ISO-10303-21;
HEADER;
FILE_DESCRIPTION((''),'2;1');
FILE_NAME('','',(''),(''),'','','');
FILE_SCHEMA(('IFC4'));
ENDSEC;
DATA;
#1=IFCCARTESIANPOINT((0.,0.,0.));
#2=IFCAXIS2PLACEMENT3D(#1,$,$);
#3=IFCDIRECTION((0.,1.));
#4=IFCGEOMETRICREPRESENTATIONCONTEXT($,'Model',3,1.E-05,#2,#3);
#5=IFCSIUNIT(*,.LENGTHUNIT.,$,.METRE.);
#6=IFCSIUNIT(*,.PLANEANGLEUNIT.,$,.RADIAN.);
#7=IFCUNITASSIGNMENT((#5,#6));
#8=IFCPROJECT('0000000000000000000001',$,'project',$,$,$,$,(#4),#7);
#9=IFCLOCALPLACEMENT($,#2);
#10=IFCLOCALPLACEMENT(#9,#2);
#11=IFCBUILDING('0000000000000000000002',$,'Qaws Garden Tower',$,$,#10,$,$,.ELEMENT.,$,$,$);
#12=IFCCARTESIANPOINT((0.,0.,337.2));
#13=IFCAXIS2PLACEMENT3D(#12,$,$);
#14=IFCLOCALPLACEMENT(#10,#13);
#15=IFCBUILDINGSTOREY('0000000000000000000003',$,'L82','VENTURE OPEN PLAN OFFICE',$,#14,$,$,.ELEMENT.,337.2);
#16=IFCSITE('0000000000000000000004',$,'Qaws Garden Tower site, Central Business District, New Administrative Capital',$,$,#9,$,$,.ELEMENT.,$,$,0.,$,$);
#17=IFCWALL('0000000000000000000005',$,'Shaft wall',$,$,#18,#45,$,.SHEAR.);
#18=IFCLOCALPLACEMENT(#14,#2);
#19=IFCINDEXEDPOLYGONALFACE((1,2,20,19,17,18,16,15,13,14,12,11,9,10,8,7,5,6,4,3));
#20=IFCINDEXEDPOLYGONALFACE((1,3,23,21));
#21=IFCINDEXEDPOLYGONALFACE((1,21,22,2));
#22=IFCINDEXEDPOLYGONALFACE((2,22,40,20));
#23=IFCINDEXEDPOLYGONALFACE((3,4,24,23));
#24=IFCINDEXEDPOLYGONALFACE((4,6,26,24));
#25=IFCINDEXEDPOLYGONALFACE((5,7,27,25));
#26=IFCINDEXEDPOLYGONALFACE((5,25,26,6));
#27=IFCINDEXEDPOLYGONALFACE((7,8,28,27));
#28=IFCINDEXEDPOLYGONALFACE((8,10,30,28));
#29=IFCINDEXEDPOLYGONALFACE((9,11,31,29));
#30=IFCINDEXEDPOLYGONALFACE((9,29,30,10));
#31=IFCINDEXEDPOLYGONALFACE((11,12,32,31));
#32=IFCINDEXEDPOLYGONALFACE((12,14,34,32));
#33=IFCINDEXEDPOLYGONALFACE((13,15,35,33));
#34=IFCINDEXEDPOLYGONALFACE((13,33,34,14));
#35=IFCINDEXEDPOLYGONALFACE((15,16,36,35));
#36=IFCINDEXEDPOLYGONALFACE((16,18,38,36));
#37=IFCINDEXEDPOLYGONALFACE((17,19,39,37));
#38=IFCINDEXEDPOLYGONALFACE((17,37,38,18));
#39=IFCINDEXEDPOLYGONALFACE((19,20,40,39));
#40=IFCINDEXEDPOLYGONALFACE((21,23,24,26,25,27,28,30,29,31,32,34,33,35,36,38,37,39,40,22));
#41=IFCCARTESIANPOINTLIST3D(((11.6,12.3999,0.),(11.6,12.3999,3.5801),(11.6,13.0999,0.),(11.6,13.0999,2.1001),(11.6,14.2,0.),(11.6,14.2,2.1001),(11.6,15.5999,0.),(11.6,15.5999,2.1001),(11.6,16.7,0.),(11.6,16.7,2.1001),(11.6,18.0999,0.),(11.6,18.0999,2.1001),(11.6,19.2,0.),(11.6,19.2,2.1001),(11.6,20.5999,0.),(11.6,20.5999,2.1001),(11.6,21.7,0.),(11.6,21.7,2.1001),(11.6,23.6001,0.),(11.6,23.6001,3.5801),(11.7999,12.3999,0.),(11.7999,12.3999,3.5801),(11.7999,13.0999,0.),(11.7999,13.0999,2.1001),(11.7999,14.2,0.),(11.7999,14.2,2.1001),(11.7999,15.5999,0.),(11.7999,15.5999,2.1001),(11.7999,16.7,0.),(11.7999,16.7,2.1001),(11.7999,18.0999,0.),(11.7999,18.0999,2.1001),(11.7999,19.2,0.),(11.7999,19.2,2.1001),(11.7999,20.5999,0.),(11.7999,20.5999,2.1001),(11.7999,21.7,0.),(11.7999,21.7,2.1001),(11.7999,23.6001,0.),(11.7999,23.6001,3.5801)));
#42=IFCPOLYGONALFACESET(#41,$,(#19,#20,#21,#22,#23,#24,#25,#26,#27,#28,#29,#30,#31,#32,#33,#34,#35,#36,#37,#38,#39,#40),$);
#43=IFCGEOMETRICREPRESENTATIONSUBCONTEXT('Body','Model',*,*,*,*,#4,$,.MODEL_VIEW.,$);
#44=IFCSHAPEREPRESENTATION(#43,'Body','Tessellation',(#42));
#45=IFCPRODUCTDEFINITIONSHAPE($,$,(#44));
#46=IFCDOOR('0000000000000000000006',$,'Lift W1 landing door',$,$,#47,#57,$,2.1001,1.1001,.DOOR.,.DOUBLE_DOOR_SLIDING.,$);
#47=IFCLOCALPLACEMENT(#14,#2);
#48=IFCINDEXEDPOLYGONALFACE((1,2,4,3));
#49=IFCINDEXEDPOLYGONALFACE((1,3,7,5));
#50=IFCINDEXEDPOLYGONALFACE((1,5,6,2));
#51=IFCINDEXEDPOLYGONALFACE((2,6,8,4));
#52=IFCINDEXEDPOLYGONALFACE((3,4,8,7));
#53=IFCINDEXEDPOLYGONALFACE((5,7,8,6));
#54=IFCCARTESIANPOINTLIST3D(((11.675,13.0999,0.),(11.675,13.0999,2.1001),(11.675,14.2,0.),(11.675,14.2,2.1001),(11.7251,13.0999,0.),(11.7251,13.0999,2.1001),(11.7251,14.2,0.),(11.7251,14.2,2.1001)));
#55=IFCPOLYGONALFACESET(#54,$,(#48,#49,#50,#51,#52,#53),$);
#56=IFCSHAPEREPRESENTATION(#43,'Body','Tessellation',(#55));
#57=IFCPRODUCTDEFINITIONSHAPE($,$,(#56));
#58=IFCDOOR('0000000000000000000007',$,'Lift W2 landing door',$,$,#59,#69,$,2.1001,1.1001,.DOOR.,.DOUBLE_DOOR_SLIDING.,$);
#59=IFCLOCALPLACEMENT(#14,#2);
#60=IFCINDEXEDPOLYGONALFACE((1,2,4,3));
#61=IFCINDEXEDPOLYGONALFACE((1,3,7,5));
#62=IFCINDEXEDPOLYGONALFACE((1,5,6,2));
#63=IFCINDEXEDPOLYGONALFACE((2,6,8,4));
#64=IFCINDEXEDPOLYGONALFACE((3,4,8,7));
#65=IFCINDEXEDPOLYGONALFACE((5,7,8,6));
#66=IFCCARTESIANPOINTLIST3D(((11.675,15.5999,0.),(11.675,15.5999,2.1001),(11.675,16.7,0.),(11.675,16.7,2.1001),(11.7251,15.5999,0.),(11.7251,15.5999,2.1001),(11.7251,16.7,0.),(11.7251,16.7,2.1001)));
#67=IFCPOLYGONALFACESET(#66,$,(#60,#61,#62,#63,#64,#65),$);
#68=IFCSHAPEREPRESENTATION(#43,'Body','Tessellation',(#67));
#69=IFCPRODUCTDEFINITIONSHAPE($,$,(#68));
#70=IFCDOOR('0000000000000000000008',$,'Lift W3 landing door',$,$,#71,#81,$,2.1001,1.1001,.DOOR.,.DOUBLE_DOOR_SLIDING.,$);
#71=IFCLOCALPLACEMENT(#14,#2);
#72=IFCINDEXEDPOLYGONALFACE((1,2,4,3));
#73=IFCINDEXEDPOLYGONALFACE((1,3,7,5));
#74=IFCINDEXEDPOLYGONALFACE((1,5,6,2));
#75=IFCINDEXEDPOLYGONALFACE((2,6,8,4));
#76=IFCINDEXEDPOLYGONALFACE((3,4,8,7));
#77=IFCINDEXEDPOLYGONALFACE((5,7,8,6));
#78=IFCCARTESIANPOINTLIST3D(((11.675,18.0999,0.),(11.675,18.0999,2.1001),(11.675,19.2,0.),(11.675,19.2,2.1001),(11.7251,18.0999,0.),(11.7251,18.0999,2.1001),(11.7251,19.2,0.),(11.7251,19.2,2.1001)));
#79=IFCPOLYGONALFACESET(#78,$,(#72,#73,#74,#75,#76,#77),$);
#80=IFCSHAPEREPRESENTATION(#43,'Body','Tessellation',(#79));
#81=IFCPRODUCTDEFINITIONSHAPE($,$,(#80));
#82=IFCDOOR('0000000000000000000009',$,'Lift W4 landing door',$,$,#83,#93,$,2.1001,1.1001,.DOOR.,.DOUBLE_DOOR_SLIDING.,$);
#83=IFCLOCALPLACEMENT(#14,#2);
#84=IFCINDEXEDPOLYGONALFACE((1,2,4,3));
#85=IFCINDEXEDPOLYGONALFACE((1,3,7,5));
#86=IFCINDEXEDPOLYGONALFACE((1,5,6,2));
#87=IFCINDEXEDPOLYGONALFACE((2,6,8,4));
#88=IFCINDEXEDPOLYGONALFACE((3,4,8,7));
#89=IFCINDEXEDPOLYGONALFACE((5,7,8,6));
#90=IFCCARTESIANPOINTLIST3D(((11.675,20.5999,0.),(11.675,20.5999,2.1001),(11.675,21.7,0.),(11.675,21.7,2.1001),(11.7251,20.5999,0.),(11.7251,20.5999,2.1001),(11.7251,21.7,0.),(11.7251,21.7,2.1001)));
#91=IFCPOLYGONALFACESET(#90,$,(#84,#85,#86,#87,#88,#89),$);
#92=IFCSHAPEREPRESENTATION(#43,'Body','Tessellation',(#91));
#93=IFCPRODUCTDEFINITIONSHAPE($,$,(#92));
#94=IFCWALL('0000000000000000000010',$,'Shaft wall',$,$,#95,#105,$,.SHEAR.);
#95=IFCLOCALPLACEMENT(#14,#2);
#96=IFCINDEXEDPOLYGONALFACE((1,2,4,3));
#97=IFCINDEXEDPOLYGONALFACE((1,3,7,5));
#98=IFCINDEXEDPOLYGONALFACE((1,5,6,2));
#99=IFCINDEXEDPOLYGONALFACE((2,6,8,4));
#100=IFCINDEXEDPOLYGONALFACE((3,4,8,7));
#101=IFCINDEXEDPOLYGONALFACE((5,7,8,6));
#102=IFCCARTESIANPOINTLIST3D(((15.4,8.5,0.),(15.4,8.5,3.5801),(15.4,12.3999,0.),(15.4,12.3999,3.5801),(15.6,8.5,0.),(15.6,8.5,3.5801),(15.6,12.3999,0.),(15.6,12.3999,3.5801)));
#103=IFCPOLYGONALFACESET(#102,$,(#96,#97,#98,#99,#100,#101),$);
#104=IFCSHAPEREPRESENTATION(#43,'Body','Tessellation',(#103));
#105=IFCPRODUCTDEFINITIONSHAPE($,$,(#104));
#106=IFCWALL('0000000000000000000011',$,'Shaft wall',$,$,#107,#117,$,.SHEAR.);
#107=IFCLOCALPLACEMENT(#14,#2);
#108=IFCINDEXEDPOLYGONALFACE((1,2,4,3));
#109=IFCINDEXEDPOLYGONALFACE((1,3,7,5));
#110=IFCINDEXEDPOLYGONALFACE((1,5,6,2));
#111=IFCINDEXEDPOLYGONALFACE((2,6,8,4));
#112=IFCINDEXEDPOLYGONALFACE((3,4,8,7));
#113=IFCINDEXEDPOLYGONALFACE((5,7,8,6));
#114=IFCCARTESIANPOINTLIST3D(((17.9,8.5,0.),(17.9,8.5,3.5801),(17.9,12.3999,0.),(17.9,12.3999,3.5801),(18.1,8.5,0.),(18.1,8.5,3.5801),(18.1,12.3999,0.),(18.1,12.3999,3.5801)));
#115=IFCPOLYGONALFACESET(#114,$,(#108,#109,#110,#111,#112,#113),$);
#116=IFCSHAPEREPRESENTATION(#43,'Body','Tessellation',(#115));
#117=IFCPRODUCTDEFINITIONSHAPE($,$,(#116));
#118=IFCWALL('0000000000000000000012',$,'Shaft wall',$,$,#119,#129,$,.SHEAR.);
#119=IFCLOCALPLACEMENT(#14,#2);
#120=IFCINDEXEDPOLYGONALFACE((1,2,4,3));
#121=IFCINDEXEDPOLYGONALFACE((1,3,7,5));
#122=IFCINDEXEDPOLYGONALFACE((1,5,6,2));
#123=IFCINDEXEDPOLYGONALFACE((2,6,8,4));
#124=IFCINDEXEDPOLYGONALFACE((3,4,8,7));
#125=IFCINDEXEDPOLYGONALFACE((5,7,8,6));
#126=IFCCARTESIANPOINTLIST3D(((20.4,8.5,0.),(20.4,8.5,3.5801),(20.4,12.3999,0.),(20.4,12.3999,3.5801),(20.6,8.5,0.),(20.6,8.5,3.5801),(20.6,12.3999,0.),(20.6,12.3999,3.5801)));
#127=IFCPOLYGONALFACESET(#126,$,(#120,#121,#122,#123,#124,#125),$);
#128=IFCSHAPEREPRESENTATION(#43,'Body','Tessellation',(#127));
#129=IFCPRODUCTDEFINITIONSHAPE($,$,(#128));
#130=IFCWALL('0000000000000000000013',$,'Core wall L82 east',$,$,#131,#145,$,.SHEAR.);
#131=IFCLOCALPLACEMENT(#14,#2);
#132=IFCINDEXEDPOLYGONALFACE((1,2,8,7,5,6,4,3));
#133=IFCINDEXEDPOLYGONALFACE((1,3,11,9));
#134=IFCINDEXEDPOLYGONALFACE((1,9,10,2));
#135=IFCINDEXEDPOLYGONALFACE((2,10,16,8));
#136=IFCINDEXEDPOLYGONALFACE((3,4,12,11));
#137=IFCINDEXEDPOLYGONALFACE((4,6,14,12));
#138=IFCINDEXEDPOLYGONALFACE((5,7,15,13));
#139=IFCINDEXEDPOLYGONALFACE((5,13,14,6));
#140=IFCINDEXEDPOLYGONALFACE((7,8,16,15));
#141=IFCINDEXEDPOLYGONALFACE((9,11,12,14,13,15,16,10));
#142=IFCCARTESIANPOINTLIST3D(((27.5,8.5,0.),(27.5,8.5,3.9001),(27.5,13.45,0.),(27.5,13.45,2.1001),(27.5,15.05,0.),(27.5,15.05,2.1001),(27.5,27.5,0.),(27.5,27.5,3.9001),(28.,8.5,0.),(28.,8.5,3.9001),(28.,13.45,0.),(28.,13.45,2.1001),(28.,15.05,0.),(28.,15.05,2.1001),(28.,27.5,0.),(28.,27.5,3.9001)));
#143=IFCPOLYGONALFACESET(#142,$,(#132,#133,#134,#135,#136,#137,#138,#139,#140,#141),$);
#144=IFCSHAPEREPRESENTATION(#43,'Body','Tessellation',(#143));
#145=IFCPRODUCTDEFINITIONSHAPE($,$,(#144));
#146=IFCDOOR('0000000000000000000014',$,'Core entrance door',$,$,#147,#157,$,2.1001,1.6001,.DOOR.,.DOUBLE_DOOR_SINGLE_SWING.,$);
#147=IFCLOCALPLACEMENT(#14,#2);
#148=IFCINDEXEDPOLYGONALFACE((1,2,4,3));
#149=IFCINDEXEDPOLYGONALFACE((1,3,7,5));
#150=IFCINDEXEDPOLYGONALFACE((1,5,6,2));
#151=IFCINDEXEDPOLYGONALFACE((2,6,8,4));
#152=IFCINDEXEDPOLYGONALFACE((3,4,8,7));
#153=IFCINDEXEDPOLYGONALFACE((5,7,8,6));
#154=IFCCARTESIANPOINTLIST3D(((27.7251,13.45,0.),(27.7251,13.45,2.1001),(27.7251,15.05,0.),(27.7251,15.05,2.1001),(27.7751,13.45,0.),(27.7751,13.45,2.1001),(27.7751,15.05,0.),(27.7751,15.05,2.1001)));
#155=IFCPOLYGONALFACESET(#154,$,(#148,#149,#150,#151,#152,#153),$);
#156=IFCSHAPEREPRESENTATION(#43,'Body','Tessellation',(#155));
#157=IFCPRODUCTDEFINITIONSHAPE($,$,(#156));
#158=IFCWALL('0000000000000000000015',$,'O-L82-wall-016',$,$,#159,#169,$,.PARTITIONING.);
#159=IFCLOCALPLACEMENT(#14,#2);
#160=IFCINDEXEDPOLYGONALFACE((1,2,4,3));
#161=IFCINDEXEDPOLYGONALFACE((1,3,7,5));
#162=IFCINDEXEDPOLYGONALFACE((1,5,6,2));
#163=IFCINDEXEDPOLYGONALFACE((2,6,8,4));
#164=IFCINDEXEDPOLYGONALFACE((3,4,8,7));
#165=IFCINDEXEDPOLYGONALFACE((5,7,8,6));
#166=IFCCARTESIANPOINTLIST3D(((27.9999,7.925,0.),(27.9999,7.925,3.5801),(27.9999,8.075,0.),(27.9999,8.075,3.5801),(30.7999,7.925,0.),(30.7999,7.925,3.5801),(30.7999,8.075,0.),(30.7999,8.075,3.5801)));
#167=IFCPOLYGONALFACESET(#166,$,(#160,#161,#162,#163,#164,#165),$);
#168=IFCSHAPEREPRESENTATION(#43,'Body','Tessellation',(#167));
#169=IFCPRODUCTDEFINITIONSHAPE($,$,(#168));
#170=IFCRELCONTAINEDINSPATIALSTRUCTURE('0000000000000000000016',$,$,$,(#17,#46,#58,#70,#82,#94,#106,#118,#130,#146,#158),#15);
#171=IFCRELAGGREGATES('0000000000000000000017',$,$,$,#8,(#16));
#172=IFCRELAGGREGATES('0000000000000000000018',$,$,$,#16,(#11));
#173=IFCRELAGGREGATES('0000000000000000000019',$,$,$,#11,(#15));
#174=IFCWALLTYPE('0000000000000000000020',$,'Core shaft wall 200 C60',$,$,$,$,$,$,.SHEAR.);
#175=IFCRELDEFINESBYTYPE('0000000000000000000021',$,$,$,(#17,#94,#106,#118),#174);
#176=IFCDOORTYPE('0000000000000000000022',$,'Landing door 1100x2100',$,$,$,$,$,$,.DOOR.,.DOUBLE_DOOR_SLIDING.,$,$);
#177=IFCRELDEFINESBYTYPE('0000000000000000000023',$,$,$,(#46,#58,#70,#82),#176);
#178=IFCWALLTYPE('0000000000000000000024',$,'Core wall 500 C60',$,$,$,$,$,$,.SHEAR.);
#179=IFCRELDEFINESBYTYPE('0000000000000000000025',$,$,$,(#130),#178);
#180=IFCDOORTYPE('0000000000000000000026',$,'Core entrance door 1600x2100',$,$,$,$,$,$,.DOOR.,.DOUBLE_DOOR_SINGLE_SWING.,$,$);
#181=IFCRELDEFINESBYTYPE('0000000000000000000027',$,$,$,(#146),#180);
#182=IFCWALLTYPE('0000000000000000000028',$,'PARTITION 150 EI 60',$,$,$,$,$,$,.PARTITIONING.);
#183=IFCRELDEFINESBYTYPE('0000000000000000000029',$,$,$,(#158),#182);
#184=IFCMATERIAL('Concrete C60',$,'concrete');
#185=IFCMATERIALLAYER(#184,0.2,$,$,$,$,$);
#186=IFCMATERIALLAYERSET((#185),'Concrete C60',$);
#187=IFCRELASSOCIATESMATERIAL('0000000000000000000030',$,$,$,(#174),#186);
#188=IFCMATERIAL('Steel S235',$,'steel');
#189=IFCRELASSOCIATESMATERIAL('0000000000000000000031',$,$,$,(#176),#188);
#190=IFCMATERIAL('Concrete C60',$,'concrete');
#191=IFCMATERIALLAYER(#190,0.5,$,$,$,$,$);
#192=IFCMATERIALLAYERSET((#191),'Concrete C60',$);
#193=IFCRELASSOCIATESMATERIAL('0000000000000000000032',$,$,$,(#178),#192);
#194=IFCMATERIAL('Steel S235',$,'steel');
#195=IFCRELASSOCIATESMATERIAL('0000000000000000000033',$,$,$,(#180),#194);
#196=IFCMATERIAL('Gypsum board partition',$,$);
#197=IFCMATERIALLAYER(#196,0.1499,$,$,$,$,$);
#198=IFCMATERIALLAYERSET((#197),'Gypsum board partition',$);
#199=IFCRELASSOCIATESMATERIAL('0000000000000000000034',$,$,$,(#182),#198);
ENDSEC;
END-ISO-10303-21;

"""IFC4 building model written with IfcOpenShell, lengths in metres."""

from ifc_helpers import new_model, si_unit, direction, frame, frame_2d, origin, place, context, subcontext, project, spatial, rectangle, extrude, material, layer, layer_set, type_object, element, fill, save


model = new_model("IFC4")

# Units and contexts
model_context = context("Model", 3, precision=1e-05, world=origin(), true_north=direction((0.0, 1.0)))
body_context = subcontext(model_context, "Body", "Model", "MODEL_VIEW")
ifc_project = project(units=[si_unit("LENGTHUNIT", "METRE"), si_unit("PLANEANGLEUNIT", "RADIAN")], contexts=[model_context])

# Site, building, storey
site_placement = place(None, origin())
site = spatial("IfcSite", under=ifc_project, at=site_placement, Name="Qaws Garden Tower site, Central Business District, New Administrative Capital", CompositionType="ELEMENT", RefElevation=0.0)
building_placement = place(site_placement, origin())
building = spatial("IfcBuilding", under=site, at=building_placement, Name="Qaws Garden Tower", CompositionType="ELEMENT")
storey_placement = place(building_placement, frame((0.0, 0.0, 337.2)))
storey = spatial("IfcBuildingStorey", under=building, at=storey_placement, Name="L82", Description="VENTURE OPEN PLAN OFFICE", CompositionType="ELEMENT", Elevation=337.2)

# Wall, openings, doors
ifc_material_1 = material(Name="Concrete C60", Category="concrete")
ifc_layer_1 = layer(ifc_material_1, 0.2)
ifc_layer_set_1 = layer_set([ifc_layer_1], Name="Concrete C60")
wall_type_1 = type_object("IfcWallType", Name="Core shaft wall 200 C60", PredefinedType="SHEAR", material=ifc_layer_set_1)
wall_1_placement = place(storey_placement, frame((11.7, 12.3999, 0.0), z_axis=(0.0, 0.0, 1.0), x_axis=(0.0, 1.0, 0.0)))
wall_1 = element("IfcWall", 1, at=wall_1_placement, inside=storey, type_object=wall_type_1, Name="Shaft wall", PredefinedType="SHEAR", context=body_context, shape_type="SweptSolid", body=[
    extrude(rectangle(XDim=11.2002, YDim=0.2, at=frame_2d((5.6001, 0.0))), origin(), (0.0, 0.0, 1.0), 3.5801),
])
opening_1_placement = place(wall_1_placement, frame((0.7, 0.0, 0.0)))
opening_1 = element("IfcOpeningElement", 2, at=opening_1_placement, cuts=wall_1, PredefinedType="OPENING", context=body_context, shape_type="SweptSolid", body=[
    extrude(rectangle(XDim=1.1001, YDim=2.1001, at=frame_2d((0.55, 1.05))), frame((0.0, 0.1099, 0.0), z_axis=(0.0, -1.0, 0.0), x_axis=(1.0, 0.0, 0.0)), (0.0, 0.0, 1.0), 0.22),
])
opening_2_placement = place(wall_1_placement, frame((3.2, 0.0, 0.0)))
opening_2 = element("IfcOpeningElement", 3, at=opening_2_placement, cuts=wall_1, PredefinedType="OPENING", context=body_context, shape_type="SweptSolid", body=[
    extrude(rectangle(XDim=1.1001, YDim=2.1001, at=frame_2d((0.55, 1.05))), frame((0.0, 0.1099, 0.0), z_axis=(0.0, -1.0, 0.0), x_axis=(1.0, 0.0, 0.0)), (0.0, 0.0, 1.0), 0.22),
])
opening_3_placement = place(wall_1_placement, frame((5.7, 0.0, 0.0)))
opening_3 = element("IfcOpeningElement", 4, at=opening_3_placement, cuts=wall_1, PredefinedType="OPENING", context=body_context, shape_type="SweptSolid", body=[
    extrude(rectangle(XDim=1.1001, YDim=2.1001, at=frame_2d((0.55, 1.05))), frame((0.0, 0.1099, 0.0), z_axis=(0.0, -1.0, 0.0), x_axis=(1.0, 0.0, 0.0)), (0.0, 0.0, 1.0), 0.22),
])
opening_4_placement = place(wall_1_placement, frame((8.2, 0.0, 0.0)))
opening_4 = element("IfcOpeningElement", 5, at=opening_4_placement, cuts=wall_1, PredefinedType="OPENING", context=body_context, shape_type="SweptSolid", body=[
    extrude(rectangle(XDim=1.1001, YDim=2.1001, at=frame_2d((0.55, 1.05))), frame((0.0, 0.1099, 0.0), z_axis=(0.0, -1.0, 0.0), x_axis=(1.0, 0.0, 0.0)), (0.0, 0.0, 1.0), 0.22),
])
ifc_material_2 = material(Name="Steel S235", Category="steel")
door_type_1 = type_object("IfcDoorType", Name="Landing door 1100x2100", OperationType="DOUBLE_DOOR_SLIDING", PredefinedType="DOOR", material=ifc_material_2)
door_1_placement = place(opening_1_placement, origin())
door_1 = element("IfcDoor", 6, at=door_1_placement, inside=storey, type_object=door_type_1, Name="Lift W1 landing door", OperationType="DOUBLE_DOOR_SLIDING", OverallHeight=2.1001, OverallWidth=1.1001, PredefinedType="DOOR", context=body_context, shape_type="SweptSolid", body=[
    extrude(rectangle(XDim=1.1001, YDim=2.1001, at=frame_2d((0.55, 1.05))), frame((0.0, 0.0249, 0.0), z_axis=(0.0, -1.0, 0.0), x_axis=(1.0, 0.0, 0.0)), (0.0, 0.0, 1.0), 0.05),
])
fill(opening_1, door_1)
door_2_placement = place(opening_2_placement, origin())
door_2 = element("IfcDoor", 7, at=door_2_placement, inside=storey, type_object=door_type_1, Name="Lift W2 landing door", OperationType="DOUBLE_DOOR_SLIDING", OverallHeight=2.1001, OverallWidth=1.1001, PredefinedType="DOOR", context=body_context, shape_type="SweptSolid", body=[
    extrude(rectangle(XDim=1.1001, YDim=2.1001, at=frame_2d((0.55, 1.05))), frame((0.0, 0.0249, 0.0), z_axis=(0.0, -1.0, 0.0), x_axis=(1.0, 0.0, 0.0)), (0.0, 0.0, 1.0), 0.05),
])
fill(opening_2, door_2)
door_3_placement = place(opening_3_placement, origin())
door_3 = element("IfcDoor", 8, at=door_3_placement, inside=storey, type_object=door_type_1, Name="Lift W3 landing door", OperationType="DOUBLE_DOOR_SLIDING", OverallHeight=2.1001, OverallWidth=1.1001, PredefinedType="DOOR", context=body_context, shape_type="SweptSolid", body=[
    extrude(rectangle(XDim=1.1001, YDim=2.1001, at=frame_2d((0.55, 1.05))), frame((0.0, 0.0249, 0.0), z_axis=(0.0, -1.0, 0.0), x_axis=(1.0, 0.0, 0.0)), (0.0, 0.0, 1.0), 0.05),
])
fill(opening_3, door_3)
door_4_placement = place(opening_4_placement, origin())
door_4 = element("IfcDoor", 9, at=door_4_placement, inside=storey, type_object=door_type_1, Name="Lift W4 landing door", OperationType="DOUBLE_DOOR_SLIDING", OverallHeight=2.1001, OverallWidth=1.1001, PredefinedType="DOOR", context=body_context, shape_type="SweptSolid", body=[
    extrude(rectangle(XDim=1.1001, YDim=2.1001, at=frame_2d((0.55, 1.05))), frame((0.0, 0.0249, 0.0), z_axis=(0.0, -1.0, 0.0), x_axis=(1.0, 0.0, 0.0)), (0.0, 0.0, 1.0), 0.05),
])
fill(opening_4, door_4)

# Walls
for number, where, z_axis, x_axis, name in (
    (10, (15.5, 8.5, 0.0), (0.0, 0.0, 1.0), (0.0, 1.0, 0.0), "Shaft wall"),
    (11, (18.0, 8.5, 0.0), (0.0, 0.0, 1.0), (0.0, 1.0, 0.0), "Shaft wall"),
    (12, (20.5, 8.5, 0.0), (0.0, 0.0, 1.0), (0.0, 1.0, 0.0), "Shaft wall"),
):
    element("IfcWall", number, at=place(storey_placement, frame(where, z_axis=z_axis, x_axis=x_axis)), inside=storey, type_object=wall_type_1, Name=name, PredefinedType="SHEAR", context=body_context, shape_type="SweptSolid", body=[
        extrude(rectangle(XDim=3.8999, YDim=0.2, at=frame_2d((1.95, 0.0))), origin(), (0.0, 0.0, 1.0), 3.5801),
    ])

# Wall, opening, door
ifc_material_3 = material(Name="Concrete C60", Category="concrete")
ifc_layer_2 = layer(ifc_material_3, 0.5)
ifc_layer_set_2 = layer_set([ifc_layer_2], Name="Concrete C60")
wall_type_2 = type_object("IfcWallType", Name="Core wall 500 C60", PredefinedType="SHEAR", material=ifc_layer_set_2)
wall_2_placement = place(storey_placement, frame((27.75, 8.5, 0.0), z_axis=(0.0, 0.0, 1.0), x_axis=(0.0, 1.0, 0.0)))
wall_2 = element("IfcWall", 13, at=wall_2_placement, inside=storey, type_object=wall_type_2, Name="Core wall L82 east", PredefinedType="SHEAR", context=body_context, shape_type="SweptSolid", body=[
    extrude(rectangle(XDim=19.0, YDim=0.5, at=frame_2d((9.5, 0.0))), origin(), (0.0, 0.0, 1.0), 3.9001),
])
opening_5_placement = place(wall_2_placement, frame((4.95, 0.0, 0.0)))
opening_5 = element("IfcOpeningElement", 14, at=opening_5_placement, cuts=wall_2, PredefinedType="OPENING", context=body_context, shape_type="SweptSolid", body=[
    extrude(rectangle(XDim=1.6001, YDim=2.1001, at=frame_2d((0.8, 1.05))), frame((0.0, 0.26, 0.0), z_axis=(0.0, -1.0, 0.0), x_axis=(1.0, 0.0, 0.0)), (0.0, 0.0, 1.0), 0.52),
])
ifc_material_4 = material(Name="Steel S235", Category="steel")
door_type_2 = type_object("IfcDoorType", Name="Core entrance door 1600x2100", OperationType="DOUBLE_DOOR_SINGLE_SWING", PredefinedType="DOOR", material=ifc_material_4)
door_5_placement = place(opening_5_placement, origin())
door_5 = element("IfcDoor", 15, at=door_5_placement, inside=storey, type_object=door_type_2, Name="Core entrance door", OperationType="DOUBLE_DOOR_SINGLE_SWING", OverallHeight=2.1001, OverallWidth=1.6001, PredefinedType="DOOR", context=body_context, shape_type="SweptSolid", body=[
    extrude(rectangle(XDim=1.6001, YDim=2.1001, at=frame_2d((0.8, 1.05))), frame((0.0, 0.0249, 0.0), z_axis=(0.0, -1.0, 0.0), x_axis=(1.0, 0.0, 0.0)), (0.0, 0.0, 1.0), 0.05),
])
fill(opening_5, door_5)

# Wall
ifc_material_5 = material(Name="Gypsum board partition")
ifc_layer_3 = layer(ifc_material_5, 0.1499)
ifc_layer_set_3 = layer_set([ifc_layer_3], Name="Gypsum board partition")
wall_type_3 = type_object("IfcWallType", Name="PARTITION 150 EI 60", PredefinedType="PARTITIONING", material=ifc_layer_set_3)
wall_3_placement = place(storey_placement, frame((28.0, 8.0, 0.0), z_axis=(0.0, 0.0, 1.0), x_axis=(1.0, 0.0, 0.0)))
element("IfcWall", 16, at=wall_3_placement, inside=storey, type_object=wall_type_3, Name="O-L82-wall-016", PredefinedType="PARTITIONING", context=body_context, shape_type="SweptSolid", body=[
    extrude(rectangle(XDim=2.8, YDim=0.1499, at=frame_2d((1.3999, 0.0))), origin(), (0.0, 0.0, 1.0), 3.5801),
])

save(model, "model.ifc")
